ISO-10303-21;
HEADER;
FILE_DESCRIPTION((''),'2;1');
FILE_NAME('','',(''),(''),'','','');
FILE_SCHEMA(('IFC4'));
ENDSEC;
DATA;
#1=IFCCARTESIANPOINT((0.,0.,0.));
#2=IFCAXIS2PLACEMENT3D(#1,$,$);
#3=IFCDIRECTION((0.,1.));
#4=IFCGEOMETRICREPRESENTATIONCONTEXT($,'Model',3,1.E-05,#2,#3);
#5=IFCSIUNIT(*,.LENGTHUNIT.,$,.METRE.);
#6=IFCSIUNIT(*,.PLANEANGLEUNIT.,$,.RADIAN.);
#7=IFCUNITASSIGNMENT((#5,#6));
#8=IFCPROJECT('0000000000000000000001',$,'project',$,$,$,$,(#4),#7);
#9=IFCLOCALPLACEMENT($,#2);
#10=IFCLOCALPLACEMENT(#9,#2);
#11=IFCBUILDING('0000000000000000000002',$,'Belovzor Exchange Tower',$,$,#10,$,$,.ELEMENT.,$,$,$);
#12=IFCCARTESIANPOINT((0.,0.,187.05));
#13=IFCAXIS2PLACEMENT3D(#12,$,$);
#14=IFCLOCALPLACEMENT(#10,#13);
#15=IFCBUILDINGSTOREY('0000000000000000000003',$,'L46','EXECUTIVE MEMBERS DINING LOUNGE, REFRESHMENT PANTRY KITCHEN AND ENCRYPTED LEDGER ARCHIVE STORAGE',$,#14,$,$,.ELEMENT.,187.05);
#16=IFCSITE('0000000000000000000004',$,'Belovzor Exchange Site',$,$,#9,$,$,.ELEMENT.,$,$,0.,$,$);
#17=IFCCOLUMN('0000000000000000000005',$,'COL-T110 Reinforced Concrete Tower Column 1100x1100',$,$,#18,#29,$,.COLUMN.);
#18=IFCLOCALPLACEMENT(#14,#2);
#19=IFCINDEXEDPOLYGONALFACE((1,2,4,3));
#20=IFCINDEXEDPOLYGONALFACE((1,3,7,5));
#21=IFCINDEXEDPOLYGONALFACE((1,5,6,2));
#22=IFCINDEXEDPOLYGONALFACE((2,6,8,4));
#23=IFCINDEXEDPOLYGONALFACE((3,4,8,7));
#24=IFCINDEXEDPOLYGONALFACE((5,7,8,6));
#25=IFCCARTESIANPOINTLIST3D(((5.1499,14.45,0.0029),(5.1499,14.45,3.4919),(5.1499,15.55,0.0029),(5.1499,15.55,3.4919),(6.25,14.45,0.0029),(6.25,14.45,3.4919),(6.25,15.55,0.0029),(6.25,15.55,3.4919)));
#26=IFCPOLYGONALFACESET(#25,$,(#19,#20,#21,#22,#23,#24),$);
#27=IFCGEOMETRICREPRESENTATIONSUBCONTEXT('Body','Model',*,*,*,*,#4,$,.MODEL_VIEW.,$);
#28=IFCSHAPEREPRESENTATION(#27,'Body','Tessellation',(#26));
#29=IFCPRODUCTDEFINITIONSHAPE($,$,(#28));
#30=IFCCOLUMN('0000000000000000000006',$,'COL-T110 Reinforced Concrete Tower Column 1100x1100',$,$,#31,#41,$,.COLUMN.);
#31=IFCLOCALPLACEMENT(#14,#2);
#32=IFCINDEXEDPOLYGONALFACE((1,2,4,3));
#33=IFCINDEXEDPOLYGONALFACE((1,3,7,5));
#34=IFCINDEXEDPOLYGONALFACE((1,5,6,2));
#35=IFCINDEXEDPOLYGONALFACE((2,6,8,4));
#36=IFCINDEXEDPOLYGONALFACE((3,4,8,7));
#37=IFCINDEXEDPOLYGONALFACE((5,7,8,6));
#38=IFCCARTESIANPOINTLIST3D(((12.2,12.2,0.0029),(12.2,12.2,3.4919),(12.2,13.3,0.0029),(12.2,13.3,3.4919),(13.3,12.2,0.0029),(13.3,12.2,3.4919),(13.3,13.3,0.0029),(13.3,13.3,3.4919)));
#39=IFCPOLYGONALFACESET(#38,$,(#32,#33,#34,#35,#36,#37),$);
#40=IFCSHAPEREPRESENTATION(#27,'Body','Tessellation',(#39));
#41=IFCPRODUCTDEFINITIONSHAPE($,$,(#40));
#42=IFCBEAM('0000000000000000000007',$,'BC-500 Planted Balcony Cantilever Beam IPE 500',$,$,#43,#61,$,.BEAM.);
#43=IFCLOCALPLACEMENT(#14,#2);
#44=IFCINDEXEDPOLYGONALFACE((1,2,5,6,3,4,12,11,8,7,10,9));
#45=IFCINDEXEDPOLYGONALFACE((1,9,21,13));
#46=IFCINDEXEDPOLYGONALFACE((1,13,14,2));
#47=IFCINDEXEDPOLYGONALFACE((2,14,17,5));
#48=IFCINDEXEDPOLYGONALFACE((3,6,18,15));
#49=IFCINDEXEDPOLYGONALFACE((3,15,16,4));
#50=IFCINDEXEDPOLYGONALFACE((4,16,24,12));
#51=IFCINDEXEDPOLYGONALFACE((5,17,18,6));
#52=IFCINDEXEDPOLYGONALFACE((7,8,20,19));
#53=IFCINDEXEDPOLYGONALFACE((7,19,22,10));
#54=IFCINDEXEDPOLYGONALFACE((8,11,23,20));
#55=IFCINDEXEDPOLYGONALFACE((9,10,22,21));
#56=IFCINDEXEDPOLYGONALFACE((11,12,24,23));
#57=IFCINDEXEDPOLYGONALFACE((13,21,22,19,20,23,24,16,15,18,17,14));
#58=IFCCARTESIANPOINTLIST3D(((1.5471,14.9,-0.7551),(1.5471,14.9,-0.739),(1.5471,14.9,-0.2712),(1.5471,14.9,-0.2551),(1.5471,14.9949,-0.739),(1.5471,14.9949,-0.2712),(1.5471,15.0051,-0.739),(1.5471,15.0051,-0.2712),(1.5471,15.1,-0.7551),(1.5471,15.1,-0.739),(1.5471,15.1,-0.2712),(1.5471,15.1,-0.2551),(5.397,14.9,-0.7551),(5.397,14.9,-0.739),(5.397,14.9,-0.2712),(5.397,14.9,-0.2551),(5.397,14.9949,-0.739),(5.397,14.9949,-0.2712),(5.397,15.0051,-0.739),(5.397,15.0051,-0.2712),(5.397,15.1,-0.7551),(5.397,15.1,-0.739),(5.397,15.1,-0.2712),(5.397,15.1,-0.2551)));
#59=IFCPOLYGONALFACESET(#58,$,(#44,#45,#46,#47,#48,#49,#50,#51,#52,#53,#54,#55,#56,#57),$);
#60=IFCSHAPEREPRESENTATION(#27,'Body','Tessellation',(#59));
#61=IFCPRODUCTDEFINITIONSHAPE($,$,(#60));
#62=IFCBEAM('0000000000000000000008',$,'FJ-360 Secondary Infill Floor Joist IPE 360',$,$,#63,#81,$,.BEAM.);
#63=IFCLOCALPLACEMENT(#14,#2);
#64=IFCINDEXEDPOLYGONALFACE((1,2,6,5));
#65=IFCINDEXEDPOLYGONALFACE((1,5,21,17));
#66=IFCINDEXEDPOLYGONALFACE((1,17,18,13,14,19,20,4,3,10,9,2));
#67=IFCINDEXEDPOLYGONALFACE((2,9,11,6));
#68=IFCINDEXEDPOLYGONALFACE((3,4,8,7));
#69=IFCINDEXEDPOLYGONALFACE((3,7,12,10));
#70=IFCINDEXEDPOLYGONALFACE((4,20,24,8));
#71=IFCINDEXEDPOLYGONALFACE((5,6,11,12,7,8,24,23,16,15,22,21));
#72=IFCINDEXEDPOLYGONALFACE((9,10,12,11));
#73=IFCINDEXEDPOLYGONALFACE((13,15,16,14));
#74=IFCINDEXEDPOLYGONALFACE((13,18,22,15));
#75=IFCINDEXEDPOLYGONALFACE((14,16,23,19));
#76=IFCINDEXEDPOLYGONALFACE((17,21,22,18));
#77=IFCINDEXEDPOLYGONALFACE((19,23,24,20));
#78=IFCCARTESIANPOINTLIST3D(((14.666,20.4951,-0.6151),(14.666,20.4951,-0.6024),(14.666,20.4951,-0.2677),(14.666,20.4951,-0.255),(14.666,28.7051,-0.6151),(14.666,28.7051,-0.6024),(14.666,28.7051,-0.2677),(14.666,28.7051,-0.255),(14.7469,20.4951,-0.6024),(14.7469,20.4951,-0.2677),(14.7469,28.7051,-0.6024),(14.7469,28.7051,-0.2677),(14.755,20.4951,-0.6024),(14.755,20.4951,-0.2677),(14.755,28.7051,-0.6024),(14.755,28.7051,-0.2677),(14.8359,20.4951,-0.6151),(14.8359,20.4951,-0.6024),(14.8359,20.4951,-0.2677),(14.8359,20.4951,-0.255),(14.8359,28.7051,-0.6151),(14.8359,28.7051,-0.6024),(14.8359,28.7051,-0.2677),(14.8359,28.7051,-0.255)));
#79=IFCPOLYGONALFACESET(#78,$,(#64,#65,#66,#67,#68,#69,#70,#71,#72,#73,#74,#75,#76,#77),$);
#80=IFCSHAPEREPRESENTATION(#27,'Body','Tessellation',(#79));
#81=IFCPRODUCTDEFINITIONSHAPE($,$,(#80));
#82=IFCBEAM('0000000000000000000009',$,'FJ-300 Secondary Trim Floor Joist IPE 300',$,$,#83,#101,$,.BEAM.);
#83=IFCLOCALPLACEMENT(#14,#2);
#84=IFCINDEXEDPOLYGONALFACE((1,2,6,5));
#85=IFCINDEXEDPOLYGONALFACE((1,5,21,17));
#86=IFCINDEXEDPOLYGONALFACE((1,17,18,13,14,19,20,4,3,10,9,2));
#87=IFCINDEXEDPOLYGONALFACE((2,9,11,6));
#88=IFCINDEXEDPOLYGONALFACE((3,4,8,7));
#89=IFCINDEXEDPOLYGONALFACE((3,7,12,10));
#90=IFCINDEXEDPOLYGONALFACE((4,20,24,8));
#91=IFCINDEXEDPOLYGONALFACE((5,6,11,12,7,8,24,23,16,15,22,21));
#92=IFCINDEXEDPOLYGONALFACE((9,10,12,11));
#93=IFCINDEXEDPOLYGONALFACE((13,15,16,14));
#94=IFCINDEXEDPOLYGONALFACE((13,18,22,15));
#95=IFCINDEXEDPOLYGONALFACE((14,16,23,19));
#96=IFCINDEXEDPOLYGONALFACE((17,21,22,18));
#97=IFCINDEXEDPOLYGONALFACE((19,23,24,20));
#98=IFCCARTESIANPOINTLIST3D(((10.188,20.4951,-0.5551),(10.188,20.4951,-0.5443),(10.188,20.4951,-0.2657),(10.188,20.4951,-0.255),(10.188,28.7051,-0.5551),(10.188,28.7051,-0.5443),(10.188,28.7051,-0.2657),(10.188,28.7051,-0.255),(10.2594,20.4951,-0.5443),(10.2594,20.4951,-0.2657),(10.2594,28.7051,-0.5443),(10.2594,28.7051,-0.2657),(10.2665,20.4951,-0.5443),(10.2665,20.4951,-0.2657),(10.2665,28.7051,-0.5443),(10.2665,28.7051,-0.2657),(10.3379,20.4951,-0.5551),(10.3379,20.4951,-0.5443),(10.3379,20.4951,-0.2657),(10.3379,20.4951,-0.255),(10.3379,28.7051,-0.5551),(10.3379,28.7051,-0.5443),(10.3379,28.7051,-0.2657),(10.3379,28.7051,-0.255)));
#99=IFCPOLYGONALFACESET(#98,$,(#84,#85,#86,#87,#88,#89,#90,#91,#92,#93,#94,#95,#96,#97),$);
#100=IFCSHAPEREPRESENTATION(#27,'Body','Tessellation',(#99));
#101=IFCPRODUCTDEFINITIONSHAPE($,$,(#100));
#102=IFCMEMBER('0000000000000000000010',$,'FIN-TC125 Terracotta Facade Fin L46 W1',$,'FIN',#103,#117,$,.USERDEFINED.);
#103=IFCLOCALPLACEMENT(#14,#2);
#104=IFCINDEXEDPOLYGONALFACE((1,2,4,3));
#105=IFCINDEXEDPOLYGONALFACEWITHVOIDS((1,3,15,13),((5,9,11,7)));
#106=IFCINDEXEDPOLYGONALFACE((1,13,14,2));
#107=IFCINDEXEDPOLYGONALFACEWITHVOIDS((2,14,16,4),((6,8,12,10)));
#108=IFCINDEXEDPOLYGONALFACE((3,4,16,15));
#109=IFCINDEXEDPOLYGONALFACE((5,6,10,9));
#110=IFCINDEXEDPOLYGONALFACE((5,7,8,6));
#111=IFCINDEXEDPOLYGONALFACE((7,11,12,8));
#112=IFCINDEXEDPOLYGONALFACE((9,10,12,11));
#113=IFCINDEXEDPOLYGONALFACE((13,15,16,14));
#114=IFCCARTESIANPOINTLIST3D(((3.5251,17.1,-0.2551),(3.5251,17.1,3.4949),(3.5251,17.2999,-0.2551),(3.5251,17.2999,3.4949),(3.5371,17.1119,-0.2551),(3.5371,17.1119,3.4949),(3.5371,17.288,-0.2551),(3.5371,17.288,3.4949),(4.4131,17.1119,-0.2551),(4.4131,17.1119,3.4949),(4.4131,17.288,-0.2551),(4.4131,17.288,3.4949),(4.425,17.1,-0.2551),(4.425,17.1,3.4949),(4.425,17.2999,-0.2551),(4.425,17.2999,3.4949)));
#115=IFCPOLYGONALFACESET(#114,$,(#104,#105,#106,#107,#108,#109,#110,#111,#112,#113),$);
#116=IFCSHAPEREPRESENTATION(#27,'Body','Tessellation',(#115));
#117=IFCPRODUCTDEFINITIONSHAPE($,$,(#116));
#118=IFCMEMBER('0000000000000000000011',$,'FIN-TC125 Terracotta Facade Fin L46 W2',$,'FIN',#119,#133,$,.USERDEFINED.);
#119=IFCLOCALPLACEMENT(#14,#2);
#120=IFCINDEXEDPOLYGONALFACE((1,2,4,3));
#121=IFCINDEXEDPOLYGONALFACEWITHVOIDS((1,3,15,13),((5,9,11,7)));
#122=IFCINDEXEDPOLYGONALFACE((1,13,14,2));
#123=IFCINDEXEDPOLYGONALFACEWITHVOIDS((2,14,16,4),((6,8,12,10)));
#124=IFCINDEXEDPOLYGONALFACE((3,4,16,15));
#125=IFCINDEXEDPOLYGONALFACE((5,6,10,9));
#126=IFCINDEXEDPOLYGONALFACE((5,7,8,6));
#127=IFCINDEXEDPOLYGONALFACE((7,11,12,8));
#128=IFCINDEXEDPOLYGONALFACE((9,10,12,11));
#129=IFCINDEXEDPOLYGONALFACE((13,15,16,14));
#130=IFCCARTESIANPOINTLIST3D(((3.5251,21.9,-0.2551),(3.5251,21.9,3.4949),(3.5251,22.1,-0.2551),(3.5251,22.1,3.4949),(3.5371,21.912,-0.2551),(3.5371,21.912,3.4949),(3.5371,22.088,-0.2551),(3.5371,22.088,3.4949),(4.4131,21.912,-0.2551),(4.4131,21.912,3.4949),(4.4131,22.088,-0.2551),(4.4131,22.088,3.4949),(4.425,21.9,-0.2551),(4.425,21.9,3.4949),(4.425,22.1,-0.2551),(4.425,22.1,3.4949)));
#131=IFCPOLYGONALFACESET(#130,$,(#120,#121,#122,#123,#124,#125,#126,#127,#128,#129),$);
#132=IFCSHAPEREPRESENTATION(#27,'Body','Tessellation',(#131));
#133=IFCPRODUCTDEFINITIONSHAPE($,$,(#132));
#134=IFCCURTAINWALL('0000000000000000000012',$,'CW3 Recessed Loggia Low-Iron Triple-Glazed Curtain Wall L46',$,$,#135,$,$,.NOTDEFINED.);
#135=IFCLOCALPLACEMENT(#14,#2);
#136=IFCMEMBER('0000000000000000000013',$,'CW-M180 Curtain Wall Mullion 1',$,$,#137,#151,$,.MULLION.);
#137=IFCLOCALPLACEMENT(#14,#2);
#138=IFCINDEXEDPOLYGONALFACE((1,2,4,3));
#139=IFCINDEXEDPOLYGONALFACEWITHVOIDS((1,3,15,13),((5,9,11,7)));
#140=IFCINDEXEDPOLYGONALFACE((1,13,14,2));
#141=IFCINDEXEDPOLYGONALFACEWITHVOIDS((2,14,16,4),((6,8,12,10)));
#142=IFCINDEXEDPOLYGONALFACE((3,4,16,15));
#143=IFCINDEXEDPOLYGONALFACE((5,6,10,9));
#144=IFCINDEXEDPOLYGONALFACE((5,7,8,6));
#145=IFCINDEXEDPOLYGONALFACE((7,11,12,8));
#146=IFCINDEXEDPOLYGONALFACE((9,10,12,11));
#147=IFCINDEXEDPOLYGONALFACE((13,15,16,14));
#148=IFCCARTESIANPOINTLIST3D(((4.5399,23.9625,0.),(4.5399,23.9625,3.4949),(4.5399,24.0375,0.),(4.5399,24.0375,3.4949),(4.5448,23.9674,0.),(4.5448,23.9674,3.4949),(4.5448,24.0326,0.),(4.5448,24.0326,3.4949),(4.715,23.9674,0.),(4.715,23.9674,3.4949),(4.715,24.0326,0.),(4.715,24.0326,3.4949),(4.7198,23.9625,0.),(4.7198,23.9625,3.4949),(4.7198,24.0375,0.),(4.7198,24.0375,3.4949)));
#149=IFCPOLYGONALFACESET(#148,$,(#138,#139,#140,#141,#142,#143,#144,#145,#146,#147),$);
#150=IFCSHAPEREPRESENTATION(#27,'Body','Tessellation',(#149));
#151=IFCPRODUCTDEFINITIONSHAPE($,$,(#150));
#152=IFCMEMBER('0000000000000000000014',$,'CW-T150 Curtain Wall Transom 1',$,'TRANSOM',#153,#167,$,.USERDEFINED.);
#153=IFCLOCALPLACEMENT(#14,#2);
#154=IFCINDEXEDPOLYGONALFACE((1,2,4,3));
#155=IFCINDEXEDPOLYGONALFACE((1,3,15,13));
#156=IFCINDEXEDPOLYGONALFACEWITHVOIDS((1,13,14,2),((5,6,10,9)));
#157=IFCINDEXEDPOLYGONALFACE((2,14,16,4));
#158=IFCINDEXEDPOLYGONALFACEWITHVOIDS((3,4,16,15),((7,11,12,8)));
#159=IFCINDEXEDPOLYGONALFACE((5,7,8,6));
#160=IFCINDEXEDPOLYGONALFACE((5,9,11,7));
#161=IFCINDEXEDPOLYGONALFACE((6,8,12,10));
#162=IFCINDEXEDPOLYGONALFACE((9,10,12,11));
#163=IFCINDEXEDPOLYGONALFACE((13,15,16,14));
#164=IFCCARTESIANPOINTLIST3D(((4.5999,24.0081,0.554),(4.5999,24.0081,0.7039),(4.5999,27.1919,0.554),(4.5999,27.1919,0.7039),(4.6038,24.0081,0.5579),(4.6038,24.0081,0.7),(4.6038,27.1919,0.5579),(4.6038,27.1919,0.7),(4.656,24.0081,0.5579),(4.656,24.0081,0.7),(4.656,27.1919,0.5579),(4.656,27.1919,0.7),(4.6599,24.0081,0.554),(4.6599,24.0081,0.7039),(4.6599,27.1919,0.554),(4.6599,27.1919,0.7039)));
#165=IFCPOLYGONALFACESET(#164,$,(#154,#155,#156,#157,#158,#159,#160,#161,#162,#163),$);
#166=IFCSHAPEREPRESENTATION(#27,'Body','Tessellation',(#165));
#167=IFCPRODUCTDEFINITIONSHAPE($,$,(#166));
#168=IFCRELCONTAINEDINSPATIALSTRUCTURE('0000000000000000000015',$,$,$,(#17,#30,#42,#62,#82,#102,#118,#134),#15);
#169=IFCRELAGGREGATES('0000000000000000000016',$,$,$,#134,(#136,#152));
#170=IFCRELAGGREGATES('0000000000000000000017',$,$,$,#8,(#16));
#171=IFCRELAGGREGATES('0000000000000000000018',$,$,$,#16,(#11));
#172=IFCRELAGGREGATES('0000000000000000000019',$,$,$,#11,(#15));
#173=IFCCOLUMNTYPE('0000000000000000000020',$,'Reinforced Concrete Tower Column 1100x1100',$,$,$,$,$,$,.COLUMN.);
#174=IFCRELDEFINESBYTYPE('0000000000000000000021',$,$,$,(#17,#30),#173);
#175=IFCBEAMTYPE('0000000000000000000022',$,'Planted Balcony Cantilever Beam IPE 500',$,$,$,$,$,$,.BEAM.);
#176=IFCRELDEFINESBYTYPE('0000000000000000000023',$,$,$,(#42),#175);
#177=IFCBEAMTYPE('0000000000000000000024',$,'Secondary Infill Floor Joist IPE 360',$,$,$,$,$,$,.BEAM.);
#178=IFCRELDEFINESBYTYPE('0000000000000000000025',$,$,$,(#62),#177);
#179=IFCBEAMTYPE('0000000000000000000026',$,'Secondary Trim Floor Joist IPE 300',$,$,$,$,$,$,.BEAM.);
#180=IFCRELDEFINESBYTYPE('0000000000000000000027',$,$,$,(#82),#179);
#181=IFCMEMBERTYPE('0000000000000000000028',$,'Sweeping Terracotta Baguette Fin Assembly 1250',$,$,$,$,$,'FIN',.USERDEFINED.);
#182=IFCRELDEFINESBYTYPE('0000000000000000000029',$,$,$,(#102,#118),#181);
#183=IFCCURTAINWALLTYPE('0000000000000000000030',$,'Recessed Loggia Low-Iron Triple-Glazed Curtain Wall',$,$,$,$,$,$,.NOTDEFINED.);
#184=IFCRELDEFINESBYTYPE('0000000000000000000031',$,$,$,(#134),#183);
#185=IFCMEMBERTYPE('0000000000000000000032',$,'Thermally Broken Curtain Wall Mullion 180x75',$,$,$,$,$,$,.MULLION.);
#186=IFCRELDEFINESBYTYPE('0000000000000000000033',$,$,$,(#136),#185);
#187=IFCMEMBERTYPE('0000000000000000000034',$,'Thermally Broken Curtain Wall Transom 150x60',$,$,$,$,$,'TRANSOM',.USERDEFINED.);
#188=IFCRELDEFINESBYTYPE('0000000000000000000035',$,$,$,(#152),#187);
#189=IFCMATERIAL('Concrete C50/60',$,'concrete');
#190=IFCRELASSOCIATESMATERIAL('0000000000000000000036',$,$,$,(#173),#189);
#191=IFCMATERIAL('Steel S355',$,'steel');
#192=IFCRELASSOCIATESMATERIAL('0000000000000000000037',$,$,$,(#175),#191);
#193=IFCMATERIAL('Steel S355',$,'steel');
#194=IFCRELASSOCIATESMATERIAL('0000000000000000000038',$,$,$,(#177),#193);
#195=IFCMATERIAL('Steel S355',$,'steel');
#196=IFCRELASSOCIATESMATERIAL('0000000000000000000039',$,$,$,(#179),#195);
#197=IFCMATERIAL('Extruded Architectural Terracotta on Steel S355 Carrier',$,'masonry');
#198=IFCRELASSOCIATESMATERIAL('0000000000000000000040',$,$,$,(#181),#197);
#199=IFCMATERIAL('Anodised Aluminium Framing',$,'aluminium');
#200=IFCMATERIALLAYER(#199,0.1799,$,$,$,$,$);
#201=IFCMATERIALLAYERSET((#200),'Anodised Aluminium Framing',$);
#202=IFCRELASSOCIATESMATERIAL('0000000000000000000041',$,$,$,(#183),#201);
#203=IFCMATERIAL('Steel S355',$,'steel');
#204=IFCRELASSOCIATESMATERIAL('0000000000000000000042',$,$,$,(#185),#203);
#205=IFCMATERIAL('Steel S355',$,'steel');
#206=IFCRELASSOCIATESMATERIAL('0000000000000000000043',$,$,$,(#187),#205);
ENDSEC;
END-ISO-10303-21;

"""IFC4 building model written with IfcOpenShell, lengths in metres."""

from ifc_helpers import new_model, si_unit, direction, frame, origin, origin_2d, place, context, subcontext, project, spatial, rectangle, hollow_rectangle, i_section, extrude, material, layer, layer_set, material_profile, profile_set, type_object, element, aggregate, save


model = new_model("IFC4")

# Units and contexts
model_context = context("Model", 3, precision=1e-05, world=origin(), true_north=direction((0.0, 1.0)))
body_context = subcontext(model_context, "Body", "Model", "MODEL_VIEW")
ifc_project = project(units=[si_unit("LENGTHUNIT", "METRE"), si_unit("PLANEANGLEUNIT", "RADIAN")], contexts=[model_context])

# Site, building, storey
site_placement = place(None, origin())
site = spatial("IfcSite", under=ifc_project, at=site_placement, Name="Belovzor Exchange Site", CompositionType="ELEMENT", RefElevation=0.0)
building_placement = place(site_placement, origin())
building = spatial("IfcBuilding", under=site, at=building_placement, Name="Belovzor Exchange Tower", CompositionType="ELEMENT")
storey_placement = place(building_placement, frame((0.0, 0.0, 187.05)))
storey = spatial("IfcBuildingStorey", under=building, at=storey_placement, Name="L46", Description="EXECUTIVE MEMBERS DINING LOUNGE, REFRESHMENT PANTRY KITCHEN AND ENCRYPTED LEDGER ARCHIVE STORAGE", CompositionType="ELEMENT", Elevation=187.05)

# Columns
ifc_material_1 = material(Name="Concrete C50/60", Category="concrete")
ifc_material_profile_1 = material_profile(ifc_material_1, rectangle(XDim=1.1001, YDim=1.1001, at=origin_2d()))
ifc_profile_set_1 = profile_set([ifc_material_profile_1], Name="Concrete C50/60")
column_type = type_object("IfcColumnType", Name="Reinforced Concrete Tower Column 1100x1100", PredefinedType="COLUMN", material=ifc_profile_set_1)
for number, where, z_axis, x_axis, name in (
    (1, (5.7, 15.0, 0.0029), (0.0, 0.0, 1.0), (1.0, 0.0, 0.0), "COL-T110 Reinforced Concrete Tower Column 1100x1100"),
    (2, (12.75, 12.75, 0.0029), (0.0, 0.0, 1.0), (1.0, 0.0, 0.0), "COL-T110 Reinforced Concrete Tower Column 1100x1100"),
):
    element("IfcColumn", number, at=place(storey_placement, frame(where, z_axis=z_axis, x_axis=x_axis)), inside=storey, type_object=column_type, Name=name, PredefinedType="COLUMN", context=body_context, shape_type="SweptSolid", body=[
        extrude(rectangle(XDim=1.1001, YDim=1.1001, at=origin_2d()), origin(), (0.0, 0.0, 1.0), 3.489),
    ])

# Beams
ifc_material_2 = material(Name="Steel S355", Category="steel")
ifc_material_profile_2 = material_profile(ifc_material_2, i_section(OverallWidth=0.2, OverallDepth=0.5, WebThickness=0.0103, FlangeThickness=0.0161, at=origin_2d()))
ifc_profile_set_2 = profile_set([ifc_material_profile_2], Name="Steel S355")
beam_type_1 = type_object("IfcBeamType", Name="Planted Balcony Cantilever Beam IPE 500", PredefinedType="BEAM", material=ifc_profile_set_2)
beam_1_placement = place(storey_placement, frame((5.397, 15.0, -0.5051), z_axis=(-1.0, 0.0, 0.0), x_axis=(0.0, -1.0, 0.0)))
element("IfcBeam", 3, at=beam_1_placement, inside=storey, type_object=beam_type_1, Name="BC-500 Planted Balcony Cantilever Beam IPE 500", PredefinedType="BEAM", context=body_context, shape_type="SweptSolid", body=[
    extrude(i_section(OverallWidth=0.2, OverallDepth=0.5, WebThickness=0.0103, FlangeThickness=0.0161, at=origin_2d()), origin(), (0.0, 0.0, 1.0), 3.8499),
])
ifc_material_3 = material(Name="Steel S355", Category="steel")
ifc_material_profile_3 = material_profile(ifc_material_3, i_section(OverallWidth=0.1699, OverallDepth=0.3601, WebThickness=0.0081, FlangeThickness=0.0127, at=origin_2d()))
ifc_profile_set_3 = profile_set([ifc_material_profile_3], Name="Steel S355")
beam_type_2 = type_object("IfcBeamType", Name="Secondary Infill Floor Joist IPE 360", PredefinedType="BEAM", material=ifc_profile_set_3)
beam_2_placement = place(storey_placement, frame((14.751, 20.4951, -0.4351), z_axis=(0.0, 1.0, 0.0), x_axis=(-1.0, 0.0, 0.0)))
element("IfcBeam", 4, at=beam_2_placement, inside=storey, type_object=beam_type_2, Name="FJ-360 Secondary Infill Floor Joist IPE 360", PredefinedType="BEAM", context=body_context, shape_type="SweptSolid", body=[
    extrude(i_section(OverallWidth=0.1699, OverallDepth=0.3601, WebThickness=0.0081, FlangeThickness=0.0127, at=origin_2d()), origin(), (0.0, 0.0, 1.0), 8.21),
])
ifc_material_4 = material(Name="Steel S355", Category="steel")
ifc_material_profile_4 = material_profile(ifc_material_4, i_section(OverallWidth=0.1499, OverallDepth=0.3, WebThickness=0.0071, FlangeThickness=0.0107, at=origin_2d()))
ifc_profile_set_4 = profile_set([ifc_material_profile_4], Name="Steel S355")
beam_type_3 = type_object("IfcBeamType", Name="Secondary Trim Floor Joist IPE 300", PredefinedType="BEAM", material=ifc_profile_set_4)
beam_3_placement = place(storey_placement, frame((10.2629, 20.4951, -0.405), z_axis=(0.0, 1.0, 0.0), x_axis=(-1.0, 0.0, 0.0)))
element("IfcBeam", 5, at=beam_3_placement, inside=storey, type_object=beam_type_3, Name="FJ-300 Secondary Trim Floor Joist IPE 300", PredefinedType="BEAM", context=body_context, shape_type="SweptSolid", body=[
    extrude(i_section(OverallWidth=0.1499, OverallDepth=0.3, WebThickness=0.0071, FlangeThickness=0.0107, at=origin_2d()), origin(), (0.0, 0.0, 1.0), 8.21),
])

# Members
ifc_material_5 = material(Name="Extruded Architectural Terracotta on Steel S355 Carrier", Category="masonry")
ifc_material_profile_5 = material_profile(ifc_material_5, hollow_rectangle(XDim=0.2, YDim=0.8999, WallThickness=0.012, at=origin_2d()))
ifc_profile_set_5 = profile_set([ifc_material_profile_5], Name="Extruded Architectural Terracotta on Steel S355 Carrier")
member_type_1 = type_object("IfcMemberType", Name="Sweeping Terracotta Baguette Fin Assembly 1250", ElementType="FIN", PredefinedType="USERDEFINED", material=ifc_profile_set_5)
for number, where, z_axis, x_axis, name in (
    (6, (3.9751, 17.2, -0.2551), (0.0, 0.0, 1.0), (0.0, 1.0, 0.0), "FIN-TC125 Terracotta Facade Fin L46 W1"),
    (7, (3.9751, 22.0, -0.2551), (0.0, 0.0, 1.0), (0.0, 1.0, 0.0), "FIN-TC125 Terracotta Facade Fin L46 W2"),
):
    element("IfcMember", number, at=place(storey_placement, frame(where, z_axis=z_axis, x_axis=x_axis)), inside=storey, type_object=member_type_1, Name=name, ObjectType="FIN", PredefinedType="USERDEFINED", context=body_context, shape_type="SweptSolid", body=[
        extrude(hollow_rectangle(XDim=0.2, YDim=0.8999, WallThickness=0.012, at=origin_2d()), origin(), (0.0, 0.0, 1.0), 3.75),
    ])

# Curtain wall, members
ifc_material_6 = material(Name="Anodised Aluminium Framing", Category="aluminium")
ifc_layer_1 = layer(ifc_material_6, 0.1799)
ifc_layer_set_1 = layer_set([ifc_layer_1], Name="Anodised Aluminium Framing")
curtain_wall_type = type_object("IfcCurtainWallType", Name="Recessed Loggia Low-Iron Triple-Glazed Curtain Wall", PredefinedType="NOTDEFINED", material=ifc_layer_set_1)
curtain_wall_placement = place(storey_placement, origin())
curtain_wall = element("IfcCurtainWall", 8, at=curtain_wall_placement, inside=storey, type_object=curtain_wall_type, Name="CW3 Recessed Loggia Low-Iron Triple-Glazed Curtain Wall L46", PredefinedType="NOTDEFINED")
ifc_material_7 = material(Name="Steel S355", Category="steel")
ifc_material_profile_6 = material_profile(ifc_material_7, hollow_rectangle(XDim=0.075, YDim=0.1799, WallThickness=0.0049, at=origin_2d()))
ifc_profile_set_6 = profile_set([ifc_material_profile_6], Name="Steel S355")
member_type_2 = type_object("IfcMemberType", Name="Thermally Broken Curtain Wall Mullion 180x75", PredefinedType="MULLION", material=ifc_profile_set_6)
member_1_placement = place(storey_placement, frame((4.6299, 24.0, 0.0), z_axis=(0.0, 0.0, 1.0), x_axis=(0.0, 1.0, 0.0)))
member_1 = element("IfcMember", 9, at=member_1_placement, type_object=member_type_2, Name="CW-M180 Curtain Wall Mullion 1", PredefinedType="MULLION", context=body_context, shape_type="SweptSolid", body=[
    extrude(hollow_rectangle(XDim=0.075, YDim=0.1799, WallThickness=0.0049, at=origin_2d()), origin(), (0.0, 0.0, 1.0), 3.4949),
])
ifc_material_8 = material(Name="Steel S355", Category="steel")
ifc_material_profile_7 = material_profile(ifc_material_8, hollow_rectangle(XDim=0.0601, YDim=0.1499, WallThickness=0.0039, at=origin_2d()))
ifc_profile_set_7 = profile_set([ifc_material_profile_7], Name="Steel S355")
member_type_3 = type_object("IfcMemberType", Name="Thermally Broken Curtain Wall Transom 150x60", ElementType="TRANSOM", PredefinedType="USERDEFINED", material=ifc_profile_set_7)
member_2_placement = place(storey_placement, frame((4.6299, 24.0081, 0.6289), z_axis=(0.0, 1.0, 0.0), x_axis=(-1.0, 0.0, 0.0)))
member_2 = element("IfcMember", 10, at=member_2_placement, type_object=member_type_3, Name="CW-T150 Curtain Wall Transom 1", ObjectType="TRANSOM", PredefinedType="USERDEFINED", context=body_context, shape_type="SweptSolid", body=[
    extrude(hollow_rectangle(XDim=0.0601, YDim=0.1499, WallThickness=0.0039, at=origin_2d()), origin(), (0.0, 0.0, 1.0), 3.1838),
])

aggregate(curtain_wall, [member_1, member_2])

save(model, "model.ifc")
